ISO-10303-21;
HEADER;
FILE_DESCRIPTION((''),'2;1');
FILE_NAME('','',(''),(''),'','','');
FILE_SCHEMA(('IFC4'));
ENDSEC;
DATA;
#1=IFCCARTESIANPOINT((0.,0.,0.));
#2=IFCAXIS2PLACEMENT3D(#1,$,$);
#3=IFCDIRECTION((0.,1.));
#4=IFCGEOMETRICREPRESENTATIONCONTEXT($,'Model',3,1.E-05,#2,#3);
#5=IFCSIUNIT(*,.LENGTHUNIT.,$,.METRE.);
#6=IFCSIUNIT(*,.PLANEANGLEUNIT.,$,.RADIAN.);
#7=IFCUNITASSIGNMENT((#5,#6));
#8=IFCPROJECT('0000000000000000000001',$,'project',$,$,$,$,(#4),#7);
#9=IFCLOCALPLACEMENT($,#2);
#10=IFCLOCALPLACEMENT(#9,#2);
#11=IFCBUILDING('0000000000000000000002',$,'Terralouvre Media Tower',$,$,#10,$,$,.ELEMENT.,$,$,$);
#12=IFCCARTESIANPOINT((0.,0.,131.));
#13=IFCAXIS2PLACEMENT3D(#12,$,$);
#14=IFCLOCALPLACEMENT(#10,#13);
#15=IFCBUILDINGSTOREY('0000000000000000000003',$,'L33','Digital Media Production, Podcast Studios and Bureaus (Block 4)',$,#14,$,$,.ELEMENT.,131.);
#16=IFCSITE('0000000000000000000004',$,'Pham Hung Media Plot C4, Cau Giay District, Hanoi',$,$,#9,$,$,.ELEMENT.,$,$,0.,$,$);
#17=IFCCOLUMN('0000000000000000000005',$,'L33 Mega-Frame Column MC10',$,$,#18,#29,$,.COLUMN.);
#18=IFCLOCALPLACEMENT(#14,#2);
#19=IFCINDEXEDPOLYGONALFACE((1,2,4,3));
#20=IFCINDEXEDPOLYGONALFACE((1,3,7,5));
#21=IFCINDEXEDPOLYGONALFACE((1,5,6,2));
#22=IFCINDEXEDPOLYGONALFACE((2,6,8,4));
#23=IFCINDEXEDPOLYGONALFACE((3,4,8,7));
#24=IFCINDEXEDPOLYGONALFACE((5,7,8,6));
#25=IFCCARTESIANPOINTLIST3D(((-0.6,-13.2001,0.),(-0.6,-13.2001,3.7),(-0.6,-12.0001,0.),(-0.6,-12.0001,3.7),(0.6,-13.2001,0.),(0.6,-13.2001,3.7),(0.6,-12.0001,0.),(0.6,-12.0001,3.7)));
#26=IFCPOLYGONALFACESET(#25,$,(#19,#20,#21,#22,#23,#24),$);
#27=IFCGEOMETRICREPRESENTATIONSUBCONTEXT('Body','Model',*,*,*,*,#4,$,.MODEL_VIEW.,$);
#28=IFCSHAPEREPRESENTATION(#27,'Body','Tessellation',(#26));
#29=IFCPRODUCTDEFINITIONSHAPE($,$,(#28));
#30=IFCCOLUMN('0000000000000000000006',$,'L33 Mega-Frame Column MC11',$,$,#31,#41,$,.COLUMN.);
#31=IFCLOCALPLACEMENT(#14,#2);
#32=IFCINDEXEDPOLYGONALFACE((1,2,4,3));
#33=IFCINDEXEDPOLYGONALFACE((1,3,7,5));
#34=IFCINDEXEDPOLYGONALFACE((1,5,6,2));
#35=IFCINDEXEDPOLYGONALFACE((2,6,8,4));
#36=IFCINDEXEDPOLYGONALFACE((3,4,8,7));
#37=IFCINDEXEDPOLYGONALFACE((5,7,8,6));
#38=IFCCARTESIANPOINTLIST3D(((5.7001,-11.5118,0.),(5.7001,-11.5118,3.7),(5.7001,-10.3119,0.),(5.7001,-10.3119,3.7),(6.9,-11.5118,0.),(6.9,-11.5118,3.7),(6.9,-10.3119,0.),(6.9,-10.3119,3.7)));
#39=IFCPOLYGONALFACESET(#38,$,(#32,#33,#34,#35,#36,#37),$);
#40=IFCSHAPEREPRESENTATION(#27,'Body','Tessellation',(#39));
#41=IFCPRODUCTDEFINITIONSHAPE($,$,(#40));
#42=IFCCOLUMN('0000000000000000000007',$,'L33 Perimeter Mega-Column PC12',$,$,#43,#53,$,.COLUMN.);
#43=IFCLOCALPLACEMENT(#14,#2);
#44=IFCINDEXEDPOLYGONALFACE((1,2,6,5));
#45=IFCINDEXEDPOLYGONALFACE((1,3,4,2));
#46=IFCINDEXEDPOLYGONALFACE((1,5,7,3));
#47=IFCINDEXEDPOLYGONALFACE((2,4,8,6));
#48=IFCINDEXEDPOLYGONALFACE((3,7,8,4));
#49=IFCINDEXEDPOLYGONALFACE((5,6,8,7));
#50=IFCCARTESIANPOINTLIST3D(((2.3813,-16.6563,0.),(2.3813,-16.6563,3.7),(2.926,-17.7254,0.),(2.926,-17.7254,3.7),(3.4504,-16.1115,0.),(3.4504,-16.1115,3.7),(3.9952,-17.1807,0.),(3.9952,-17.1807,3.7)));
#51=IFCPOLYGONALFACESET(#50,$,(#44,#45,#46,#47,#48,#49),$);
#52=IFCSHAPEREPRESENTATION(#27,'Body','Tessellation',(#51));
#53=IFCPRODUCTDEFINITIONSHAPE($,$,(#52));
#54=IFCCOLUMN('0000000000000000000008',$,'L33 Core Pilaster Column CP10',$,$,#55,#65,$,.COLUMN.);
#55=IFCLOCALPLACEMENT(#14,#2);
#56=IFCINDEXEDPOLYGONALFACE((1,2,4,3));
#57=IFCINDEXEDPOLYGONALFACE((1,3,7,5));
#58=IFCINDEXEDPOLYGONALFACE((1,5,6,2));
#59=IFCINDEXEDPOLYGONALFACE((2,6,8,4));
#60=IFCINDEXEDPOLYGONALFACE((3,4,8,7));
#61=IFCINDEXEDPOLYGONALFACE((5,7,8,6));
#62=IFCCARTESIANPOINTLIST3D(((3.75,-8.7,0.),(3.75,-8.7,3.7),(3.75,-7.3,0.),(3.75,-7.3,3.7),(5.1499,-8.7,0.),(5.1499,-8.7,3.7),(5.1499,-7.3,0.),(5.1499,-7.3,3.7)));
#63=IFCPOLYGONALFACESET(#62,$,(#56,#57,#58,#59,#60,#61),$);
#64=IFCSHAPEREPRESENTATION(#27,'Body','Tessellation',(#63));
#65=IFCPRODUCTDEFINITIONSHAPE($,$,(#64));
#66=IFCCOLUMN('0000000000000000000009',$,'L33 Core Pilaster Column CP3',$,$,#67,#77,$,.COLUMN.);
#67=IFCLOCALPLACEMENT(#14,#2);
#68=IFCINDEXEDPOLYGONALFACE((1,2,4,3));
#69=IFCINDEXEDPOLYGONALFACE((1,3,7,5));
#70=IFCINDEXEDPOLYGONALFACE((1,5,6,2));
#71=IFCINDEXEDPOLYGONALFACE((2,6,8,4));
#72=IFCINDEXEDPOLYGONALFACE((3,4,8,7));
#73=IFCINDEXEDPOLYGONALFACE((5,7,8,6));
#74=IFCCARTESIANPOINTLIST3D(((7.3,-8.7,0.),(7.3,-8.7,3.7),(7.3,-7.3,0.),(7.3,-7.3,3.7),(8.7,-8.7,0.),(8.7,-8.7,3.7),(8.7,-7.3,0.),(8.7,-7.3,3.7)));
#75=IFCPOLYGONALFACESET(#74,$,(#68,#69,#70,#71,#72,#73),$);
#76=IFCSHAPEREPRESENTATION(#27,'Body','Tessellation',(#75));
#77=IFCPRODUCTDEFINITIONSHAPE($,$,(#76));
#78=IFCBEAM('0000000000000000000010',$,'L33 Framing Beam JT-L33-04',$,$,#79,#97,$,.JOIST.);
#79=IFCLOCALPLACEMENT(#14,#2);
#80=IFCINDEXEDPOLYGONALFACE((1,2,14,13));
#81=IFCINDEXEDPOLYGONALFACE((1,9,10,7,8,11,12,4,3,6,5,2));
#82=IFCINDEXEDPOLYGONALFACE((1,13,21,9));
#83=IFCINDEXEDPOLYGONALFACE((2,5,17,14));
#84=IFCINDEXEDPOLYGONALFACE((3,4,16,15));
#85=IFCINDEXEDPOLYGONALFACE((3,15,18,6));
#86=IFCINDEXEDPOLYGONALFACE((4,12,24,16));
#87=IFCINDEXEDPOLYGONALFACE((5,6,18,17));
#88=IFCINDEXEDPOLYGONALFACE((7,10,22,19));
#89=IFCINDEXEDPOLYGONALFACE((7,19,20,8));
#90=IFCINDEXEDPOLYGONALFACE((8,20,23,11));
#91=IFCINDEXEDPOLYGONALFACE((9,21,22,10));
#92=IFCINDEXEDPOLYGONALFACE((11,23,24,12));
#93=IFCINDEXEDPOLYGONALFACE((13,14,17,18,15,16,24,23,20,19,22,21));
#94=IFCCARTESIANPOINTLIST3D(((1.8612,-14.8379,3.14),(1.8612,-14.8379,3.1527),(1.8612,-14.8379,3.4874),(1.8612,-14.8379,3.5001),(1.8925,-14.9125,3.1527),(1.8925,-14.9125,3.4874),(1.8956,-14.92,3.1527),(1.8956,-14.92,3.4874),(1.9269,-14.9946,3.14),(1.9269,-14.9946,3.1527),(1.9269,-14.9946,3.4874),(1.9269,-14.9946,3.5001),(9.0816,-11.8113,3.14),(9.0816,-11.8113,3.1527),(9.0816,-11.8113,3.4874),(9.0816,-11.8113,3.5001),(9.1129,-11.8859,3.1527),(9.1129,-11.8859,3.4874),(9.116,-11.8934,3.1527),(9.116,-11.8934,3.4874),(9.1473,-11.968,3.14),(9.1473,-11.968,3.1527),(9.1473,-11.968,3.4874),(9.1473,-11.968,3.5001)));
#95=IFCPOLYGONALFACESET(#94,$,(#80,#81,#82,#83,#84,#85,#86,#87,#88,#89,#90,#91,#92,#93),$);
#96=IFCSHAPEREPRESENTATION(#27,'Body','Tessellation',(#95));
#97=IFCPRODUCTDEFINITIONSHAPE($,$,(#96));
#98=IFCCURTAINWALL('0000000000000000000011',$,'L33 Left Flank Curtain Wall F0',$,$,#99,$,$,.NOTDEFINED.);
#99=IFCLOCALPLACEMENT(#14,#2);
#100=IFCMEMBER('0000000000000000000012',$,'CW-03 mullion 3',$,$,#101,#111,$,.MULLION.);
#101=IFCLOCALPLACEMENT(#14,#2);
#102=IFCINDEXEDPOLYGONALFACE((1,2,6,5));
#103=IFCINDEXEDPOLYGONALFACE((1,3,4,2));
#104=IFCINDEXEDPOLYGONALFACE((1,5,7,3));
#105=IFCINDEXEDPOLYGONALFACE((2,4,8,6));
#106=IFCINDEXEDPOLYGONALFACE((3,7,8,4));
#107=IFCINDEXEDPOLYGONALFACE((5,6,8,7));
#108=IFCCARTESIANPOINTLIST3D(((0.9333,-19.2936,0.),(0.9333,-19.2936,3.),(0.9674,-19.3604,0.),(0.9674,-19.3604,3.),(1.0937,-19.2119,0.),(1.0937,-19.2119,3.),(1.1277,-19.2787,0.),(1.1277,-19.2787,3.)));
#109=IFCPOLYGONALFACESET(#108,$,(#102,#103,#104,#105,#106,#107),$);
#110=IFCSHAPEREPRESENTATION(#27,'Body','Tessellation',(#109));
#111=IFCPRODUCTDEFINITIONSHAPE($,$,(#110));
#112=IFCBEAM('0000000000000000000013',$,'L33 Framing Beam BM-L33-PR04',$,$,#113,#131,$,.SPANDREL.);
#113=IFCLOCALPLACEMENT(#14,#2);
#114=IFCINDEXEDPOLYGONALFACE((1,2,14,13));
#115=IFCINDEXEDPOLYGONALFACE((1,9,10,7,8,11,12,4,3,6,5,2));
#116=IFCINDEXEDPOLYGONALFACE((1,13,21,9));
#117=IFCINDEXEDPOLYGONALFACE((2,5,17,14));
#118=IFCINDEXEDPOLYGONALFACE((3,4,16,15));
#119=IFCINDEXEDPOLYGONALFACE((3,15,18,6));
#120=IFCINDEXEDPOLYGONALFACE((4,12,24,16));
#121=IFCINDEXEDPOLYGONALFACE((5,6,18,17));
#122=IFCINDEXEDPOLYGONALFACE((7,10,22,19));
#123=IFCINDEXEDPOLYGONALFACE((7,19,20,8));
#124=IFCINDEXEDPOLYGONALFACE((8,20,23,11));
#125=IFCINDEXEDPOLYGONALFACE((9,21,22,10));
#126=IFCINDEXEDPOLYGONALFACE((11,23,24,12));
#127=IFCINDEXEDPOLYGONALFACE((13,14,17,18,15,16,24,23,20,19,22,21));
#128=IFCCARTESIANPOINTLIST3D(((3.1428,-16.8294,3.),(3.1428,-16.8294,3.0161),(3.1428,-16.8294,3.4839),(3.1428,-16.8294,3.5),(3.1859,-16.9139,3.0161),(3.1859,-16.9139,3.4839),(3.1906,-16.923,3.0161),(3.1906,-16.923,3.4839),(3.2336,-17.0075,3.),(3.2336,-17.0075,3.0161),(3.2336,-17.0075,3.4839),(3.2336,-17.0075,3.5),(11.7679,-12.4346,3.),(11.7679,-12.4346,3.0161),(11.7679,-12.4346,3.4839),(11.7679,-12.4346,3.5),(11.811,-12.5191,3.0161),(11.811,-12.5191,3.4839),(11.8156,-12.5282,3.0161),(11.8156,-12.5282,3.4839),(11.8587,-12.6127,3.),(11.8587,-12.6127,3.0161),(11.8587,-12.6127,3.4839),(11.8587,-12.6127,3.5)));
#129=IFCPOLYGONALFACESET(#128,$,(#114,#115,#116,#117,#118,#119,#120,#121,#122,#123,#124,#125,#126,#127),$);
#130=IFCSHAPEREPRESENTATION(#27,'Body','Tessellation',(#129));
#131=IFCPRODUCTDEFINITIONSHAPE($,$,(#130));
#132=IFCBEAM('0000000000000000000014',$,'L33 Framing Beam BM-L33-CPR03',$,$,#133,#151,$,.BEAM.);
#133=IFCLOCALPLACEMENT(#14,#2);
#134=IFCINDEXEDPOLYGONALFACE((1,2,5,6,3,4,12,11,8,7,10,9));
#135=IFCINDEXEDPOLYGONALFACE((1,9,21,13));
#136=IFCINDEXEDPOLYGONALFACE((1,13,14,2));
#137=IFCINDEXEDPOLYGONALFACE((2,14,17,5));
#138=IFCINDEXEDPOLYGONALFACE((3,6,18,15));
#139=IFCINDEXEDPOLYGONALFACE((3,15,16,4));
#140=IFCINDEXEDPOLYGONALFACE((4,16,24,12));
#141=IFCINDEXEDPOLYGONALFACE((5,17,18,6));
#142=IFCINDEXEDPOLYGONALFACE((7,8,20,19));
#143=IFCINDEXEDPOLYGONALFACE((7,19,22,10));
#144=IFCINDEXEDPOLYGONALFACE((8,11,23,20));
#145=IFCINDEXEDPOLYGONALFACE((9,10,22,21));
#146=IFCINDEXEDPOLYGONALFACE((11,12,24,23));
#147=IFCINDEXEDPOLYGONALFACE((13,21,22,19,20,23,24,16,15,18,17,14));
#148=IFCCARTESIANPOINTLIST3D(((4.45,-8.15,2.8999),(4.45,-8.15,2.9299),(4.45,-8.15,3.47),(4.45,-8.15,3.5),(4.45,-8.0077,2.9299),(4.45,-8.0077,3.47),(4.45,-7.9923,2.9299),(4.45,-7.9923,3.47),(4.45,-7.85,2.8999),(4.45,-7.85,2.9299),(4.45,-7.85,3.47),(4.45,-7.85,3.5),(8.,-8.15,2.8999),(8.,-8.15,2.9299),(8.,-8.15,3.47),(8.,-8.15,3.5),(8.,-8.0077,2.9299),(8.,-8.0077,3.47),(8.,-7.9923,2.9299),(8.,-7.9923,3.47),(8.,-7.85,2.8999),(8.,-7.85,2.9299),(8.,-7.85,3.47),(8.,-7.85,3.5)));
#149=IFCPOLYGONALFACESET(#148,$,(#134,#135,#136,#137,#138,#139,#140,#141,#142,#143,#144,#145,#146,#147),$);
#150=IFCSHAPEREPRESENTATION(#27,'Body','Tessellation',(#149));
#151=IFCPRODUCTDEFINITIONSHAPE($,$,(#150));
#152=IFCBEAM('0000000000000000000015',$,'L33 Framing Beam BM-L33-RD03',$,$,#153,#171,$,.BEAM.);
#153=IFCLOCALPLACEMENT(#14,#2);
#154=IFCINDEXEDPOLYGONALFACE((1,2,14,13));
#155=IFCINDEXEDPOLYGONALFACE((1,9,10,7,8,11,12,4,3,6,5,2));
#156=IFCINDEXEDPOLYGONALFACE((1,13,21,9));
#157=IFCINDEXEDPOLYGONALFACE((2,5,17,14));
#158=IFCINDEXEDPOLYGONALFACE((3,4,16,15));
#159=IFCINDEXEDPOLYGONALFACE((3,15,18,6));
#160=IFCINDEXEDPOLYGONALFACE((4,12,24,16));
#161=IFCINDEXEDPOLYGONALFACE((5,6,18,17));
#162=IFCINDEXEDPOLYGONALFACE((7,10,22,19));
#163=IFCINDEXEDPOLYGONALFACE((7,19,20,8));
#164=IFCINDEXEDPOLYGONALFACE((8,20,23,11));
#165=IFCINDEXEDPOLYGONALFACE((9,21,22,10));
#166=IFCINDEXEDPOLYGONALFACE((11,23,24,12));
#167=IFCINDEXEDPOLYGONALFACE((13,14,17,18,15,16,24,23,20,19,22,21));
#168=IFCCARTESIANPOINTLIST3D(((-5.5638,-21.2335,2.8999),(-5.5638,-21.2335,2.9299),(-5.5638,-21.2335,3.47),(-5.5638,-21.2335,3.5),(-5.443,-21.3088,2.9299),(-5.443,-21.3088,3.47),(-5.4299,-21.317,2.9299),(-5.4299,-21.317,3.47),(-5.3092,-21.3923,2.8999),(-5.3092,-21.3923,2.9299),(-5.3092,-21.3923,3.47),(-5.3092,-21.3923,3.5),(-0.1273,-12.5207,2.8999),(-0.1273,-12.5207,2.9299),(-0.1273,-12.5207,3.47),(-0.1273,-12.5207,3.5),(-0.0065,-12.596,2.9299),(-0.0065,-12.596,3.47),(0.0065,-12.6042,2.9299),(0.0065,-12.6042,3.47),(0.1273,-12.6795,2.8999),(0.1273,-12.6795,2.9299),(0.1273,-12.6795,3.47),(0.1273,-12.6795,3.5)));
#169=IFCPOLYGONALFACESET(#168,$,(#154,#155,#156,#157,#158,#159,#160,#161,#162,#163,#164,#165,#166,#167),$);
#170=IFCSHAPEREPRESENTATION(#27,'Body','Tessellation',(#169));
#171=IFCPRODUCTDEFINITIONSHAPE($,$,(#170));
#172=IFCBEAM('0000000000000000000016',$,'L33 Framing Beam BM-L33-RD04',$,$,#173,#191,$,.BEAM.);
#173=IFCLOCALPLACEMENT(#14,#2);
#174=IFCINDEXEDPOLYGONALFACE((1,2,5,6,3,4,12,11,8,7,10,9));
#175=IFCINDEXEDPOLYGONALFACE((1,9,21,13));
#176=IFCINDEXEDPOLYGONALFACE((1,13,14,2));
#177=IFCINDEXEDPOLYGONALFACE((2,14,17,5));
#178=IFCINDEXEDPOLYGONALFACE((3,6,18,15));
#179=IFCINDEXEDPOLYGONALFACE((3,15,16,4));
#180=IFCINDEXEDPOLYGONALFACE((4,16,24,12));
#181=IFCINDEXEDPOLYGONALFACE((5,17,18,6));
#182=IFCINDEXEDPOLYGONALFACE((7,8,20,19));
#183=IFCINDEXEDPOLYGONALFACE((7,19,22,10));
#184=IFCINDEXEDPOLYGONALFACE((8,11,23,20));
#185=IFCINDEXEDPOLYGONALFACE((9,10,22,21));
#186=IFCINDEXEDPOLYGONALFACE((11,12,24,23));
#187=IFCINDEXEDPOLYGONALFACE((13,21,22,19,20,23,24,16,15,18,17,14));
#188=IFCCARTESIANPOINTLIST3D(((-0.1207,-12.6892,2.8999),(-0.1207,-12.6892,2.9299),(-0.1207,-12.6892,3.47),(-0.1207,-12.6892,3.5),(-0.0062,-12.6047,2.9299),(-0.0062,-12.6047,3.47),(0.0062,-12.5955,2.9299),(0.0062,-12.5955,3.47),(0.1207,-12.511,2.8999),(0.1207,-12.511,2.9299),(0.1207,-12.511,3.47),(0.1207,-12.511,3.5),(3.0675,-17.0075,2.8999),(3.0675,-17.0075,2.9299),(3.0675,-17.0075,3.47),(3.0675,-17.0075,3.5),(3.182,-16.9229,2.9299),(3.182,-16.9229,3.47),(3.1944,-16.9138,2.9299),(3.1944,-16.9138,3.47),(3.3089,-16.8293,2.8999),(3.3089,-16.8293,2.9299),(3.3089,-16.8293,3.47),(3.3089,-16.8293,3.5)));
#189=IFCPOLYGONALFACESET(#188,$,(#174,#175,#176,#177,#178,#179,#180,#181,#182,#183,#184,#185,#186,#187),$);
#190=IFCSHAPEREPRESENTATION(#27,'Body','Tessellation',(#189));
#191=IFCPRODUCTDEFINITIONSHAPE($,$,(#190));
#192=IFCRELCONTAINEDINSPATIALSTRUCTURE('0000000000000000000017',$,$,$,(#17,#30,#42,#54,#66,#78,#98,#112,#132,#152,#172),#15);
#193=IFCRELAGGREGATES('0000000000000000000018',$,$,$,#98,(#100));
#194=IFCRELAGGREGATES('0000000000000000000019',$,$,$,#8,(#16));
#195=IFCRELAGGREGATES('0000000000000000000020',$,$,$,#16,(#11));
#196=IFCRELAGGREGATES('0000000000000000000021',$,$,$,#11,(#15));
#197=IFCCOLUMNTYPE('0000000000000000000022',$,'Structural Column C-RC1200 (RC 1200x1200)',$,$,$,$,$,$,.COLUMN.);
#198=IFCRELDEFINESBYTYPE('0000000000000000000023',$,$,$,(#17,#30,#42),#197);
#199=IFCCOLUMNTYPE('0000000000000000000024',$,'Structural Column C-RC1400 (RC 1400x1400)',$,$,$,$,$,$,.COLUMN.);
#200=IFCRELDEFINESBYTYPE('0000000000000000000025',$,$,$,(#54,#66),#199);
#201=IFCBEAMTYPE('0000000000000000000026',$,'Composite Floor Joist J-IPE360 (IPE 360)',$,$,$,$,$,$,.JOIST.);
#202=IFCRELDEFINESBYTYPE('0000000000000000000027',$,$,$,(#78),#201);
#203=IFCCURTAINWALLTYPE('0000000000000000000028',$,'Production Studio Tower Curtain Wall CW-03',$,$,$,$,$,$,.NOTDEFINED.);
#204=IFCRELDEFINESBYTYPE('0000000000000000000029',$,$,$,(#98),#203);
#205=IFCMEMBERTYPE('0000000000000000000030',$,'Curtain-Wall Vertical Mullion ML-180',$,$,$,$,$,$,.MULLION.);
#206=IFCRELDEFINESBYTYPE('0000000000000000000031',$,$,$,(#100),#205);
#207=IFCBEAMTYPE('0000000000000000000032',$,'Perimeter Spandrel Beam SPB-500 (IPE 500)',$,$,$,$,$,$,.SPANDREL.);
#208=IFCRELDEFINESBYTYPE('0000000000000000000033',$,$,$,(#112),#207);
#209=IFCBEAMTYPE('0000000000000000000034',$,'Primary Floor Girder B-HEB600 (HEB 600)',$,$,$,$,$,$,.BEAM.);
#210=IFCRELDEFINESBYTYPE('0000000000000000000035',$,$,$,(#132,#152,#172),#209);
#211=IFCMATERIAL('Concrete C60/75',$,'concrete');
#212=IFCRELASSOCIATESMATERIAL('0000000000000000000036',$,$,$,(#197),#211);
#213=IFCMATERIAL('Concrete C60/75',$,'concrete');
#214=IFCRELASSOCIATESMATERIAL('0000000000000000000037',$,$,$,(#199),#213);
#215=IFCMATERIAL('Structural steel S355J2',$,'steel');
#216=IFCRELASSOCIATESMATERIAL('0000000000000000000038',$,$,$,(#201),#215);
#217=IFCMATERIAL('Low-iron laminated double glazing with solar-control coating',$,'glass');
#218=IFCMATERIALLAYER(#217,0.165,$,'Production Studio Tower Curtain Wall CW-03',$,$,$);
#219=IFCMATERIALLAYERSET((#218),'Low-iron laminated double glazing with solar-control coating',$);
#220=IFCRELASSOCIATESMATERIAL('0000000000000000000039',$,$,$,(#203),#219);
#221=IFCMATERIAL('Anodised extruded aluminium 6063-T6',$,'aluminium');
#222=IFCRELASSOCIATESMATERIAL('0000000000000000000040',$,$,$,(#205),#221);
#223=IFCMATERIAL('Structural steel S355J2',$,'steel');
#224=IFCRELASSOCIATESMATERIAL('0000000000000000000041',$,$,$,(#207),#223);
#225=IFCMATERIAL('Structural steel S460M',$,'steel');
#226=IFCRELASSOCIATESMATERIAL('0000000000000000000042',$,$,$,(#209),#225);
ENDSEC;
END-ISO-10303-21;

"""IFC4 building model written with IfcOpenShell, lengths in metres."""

from ifc_helpers import new_model, si_unit, direction, frame, origin, origin_2d, place, context, subcontext, project, spatial, rectangle, i_section, extrude, material, layer, layer_set, material_profile, profile_set, type_object, element, aggregate, save


model = new_model("IFC4")

# Units and contexts
model_context = context("Model", 3, precision=1e-05, world=origin(), true_north=direction((0.0, 1.0)))
body_context = subcontext(model_context, "Body", "Model", "MODEL_VIEW")
ifc_project = project(units=[si_unit("LENGTHUNIT", "METRE"), si_unit("PLANEANGLEUNIT", "RADIAN")], contexts=[model_context])

# Site, building, storey
site_placement = place(None, origin())
site = spatial("IfcSite", under=ifc_project, at=site_placement, Name="Pham Hung Media Plot C4, Cau Giay District, Hanoi", CompositionType="ELEMENT", RefElevation=0.0)
building_placement = place(site_placement, origin())
building = spatial("IfcBuilding", under=site, at=building_placement, Name="Terralouvre Media Tower", CompositionType="ELEMENT")
storey_placement = place(building_placement, frame((0.0, 0.0, 131.0)))
storey = spatial("IfcBuildingStorey", under=building, at=storey_placement, Name="L33", Description="Digital Media Production, Podcast Studios and Bureaus (Block 4)", CompositionType="ELEMENT", Elevation=131.0)

# Columns
ifc_material_1 = material(Name="Concrete C60/75", Category="concrete")
ifc_material_profile_1 = material_profile(ifc_material_1, rectangle(XDim=1.2, YDim=1.2, at=origin_2d()), Name="RC 1200x1200")
ifc_profile_set_1 = profile_set([ifc_material_profile_1], Name="Concrete C60/75")
column_type_1 = type_object("IfcColumnType", Name="Structural Column C-RC1200 (RC 1200x1200)", PredefinedType="COLUMN", material=ifc_profile_set_1)
for number, where, z_axis, x_axis, name in (
    (1, (0.0, -12.6001, 0.0), (0.0, 0.0, 1.0), (1.0, 0.0, 0.0), "L33 Mega-Frame Column MC10"),
    (2, (6.3, -10.9119, 0.0), (0.0, 0.0, 1.0), (1.0, 0.0, 0.0), "L33 Mega-Frame Column MC11"),
    (3, (3.1882, -16.9185, 0.0), (0.0, 0.0, 1.0), (0.891007, 0.45399, 0.0), "L33 Perimeter Mega-Column PC12"),
):
    element("IfcColumn", number, at=place(storey_placement, frame(where, z_axis=z_axis, x_axis=x_axis)), inside=storey, type_object=column_type_1, Name=name, PredefinedType="COLUMN", context=body_context, shape_type="SweptSolid", body=[
        extrude(rectangle(XDim=1.2, YDim=1.2, at=origin_2d()), origin(), (0.0, 0.0, 1.0), 3.7),
    ])
ifc_material_2 = material(Name="Concrete C60/75", Category="concrete")
ifc_material_profile_2 = material_profile(ifc_material_2, rectangle(XDim=1.3999, YDim=1.3999, at=origin_2d()), Name="RC 1400x1400")
ifc_profile_set_2 = profile_set([ifc_material_profile_2], Name="Concrete C60/75")
column_type_2 = type_object("IfcColumnType", Name="Structural Column C-RC1400 (RC 1400x1400)", PredefinedType="COLUMN", material=ifc_profile_set_2)
for number, where, z_axis, x_axis, name in (
    (4, (4.45, -8.0, 0.0), (0.0, 0.0, 1.0), (1.0, 0.0, 0.0), "L33 Core Pilaster Column CP10"),
    (5, (8.0, -8.0, 0.0), (0.0, 0.0, 1.0), (1.0, 0.0, 0.0), "L33 Core Pilaster Column CP3"),
):
    element("IfcColumn", number, at=place(storey_placement, frame(where, z_axis=z_axis, x_axis=x_axis)), inside=storey, type_object=column_type_2, Name=name, PredefinedType="COLUMN", context=body_context, shape_type="SweptSolid", body=[
        extrude(rectangle(XDim=1.3999, YDim=1.3999, at=origin_2d()), origin(), (0.0, 0.0, 1.0), 3.7),
    ])

# Beam
ifc_material_3 = material(Name="Structural steel S355J2", Category="steel")
ifc_material_profile_3 = material_profile(ifc_material_3, i_section(OverallWidth=0.1699, OverallDepth=0.3601, WebThickness=0.0081, FlangeThickness=0.0127, at=origin_2d()), Name="IPE 360")
ifc_profile_set_3 = profile_set([ifc_material_profile_3], Name="Structural steel S355J2")
beam_type_1 = type_object("IfcBeamType", Name="Composite Floor Joist J-IPE360 (IPE 360)", PredefinedType="JOIST", material=ifc_profile_set_3)
beam_1_placement = place(storey_placement, frame((1.894, -14.9163, 3.3201), z_axis=(0.922255, 0.386583, 0.0), x_axis=(-0.386583, 0.922255, 0.0)))
element("IfcBeam", 6, at=beam_1_placement, inside=storey, type_object=beam_type_1, Name="L33 Framing Beam JT-L33-04", PredefinedType="JOIST", context=body_context, shape_type="SweptSolid", body=[
    extrude(i_section(OverallWidth=0.1699, OverallDepth=0.3601, WebThickness=0.0081, FlangeThickness=0.0127, at=origin_2d()), origin(), (0.0, 0.0, 1.0), 7.8291),
])

# Curtain wall, member
ifc_material_4 = material(Name="Low-iron laminated double glazing with solar-control coating", Category="glass")
ifc_layer_1 = layer(ifc_material_4, 0.165, Name="Production Studio Tower Curtain Wall CW-03")
ifc_layer_set_1 = layer_set([ifc_layer_1], Name="Low-iron laminated double glazing with solar-control coating")
curtain_wall_type = type_object("IfcCurtainWallType", Name="Production Studio Tower Curtain Wall CW-03", PredefinedType="NOTDEFINED", material=ifc_layer_set_1)
curtain_wall_placement = place(storey_placement, origin())
curtain_wall = element("IfcCurtainWall", 7, at=curtain_wall_placement, inside=storey, type_object=curtain_wall_type, Name="L33 Left Flank Curtain Wall F0", PredefinedType="NOTDEFINED")
ifc_material_5 = material(Name="Anodised extruded aluminium 6063-T6", Category="aluminium")
ifc_material_profile_4 = material_profile(ifc_material_5, rectangle(XDim=0.075, YDim=0.1799, at=origin_2d()), Name="ALU 75x180")
ifc_profile_set_4 = profile_set([ifc_material_profile_4], Name="Anodised extruded aluminium 6063-T6")
member_type = type_object("IfcMemberType", Name="Curtain-Wall Vertical Mullion ML-180", PredefinedType="MULLION", material=ifc_profile_set_4)
member_placement = place(storey_placement, frame((1.0305, -19.2861, 0.0), z_axis=(0.0, 0.0, 1.0), x_axis=(-0.45399, 0.891007, 0.0)))
member = element("IfcMember", 8, at=member_placement, type_object=member_type, Name="CW-03 mullion 3", PredefinedType="MULLION", context=body_context, shape_type="SweptSolid", body=[
    extrude(rectangle(XDim=0.075, YDim=0.1799, at=origin_2d()), origin(), (0.0, 0.0, 1.0), 3.0),
])

# Beams
ifc_material_6 = material(Name="Structural steel S355J2", Category="steel")
ifc_material_profile_5 = material_profile(ifc_material_6, i_section(OverallWidth=0.2, OverallDepth=0.5, WebThickness=0.0103, FlangeThickness=0.0161, at=origin_2d()), Name="IPE 500")
ifc_profile_set_5 = profile_set([ifc_material_profile_5], Name="Structural steel S355J2")
beam_type_2 = type_object("IfcBeamType", Name="Perimeter Spandrel Beam SPB-500 (IPE 500)", PredefinedType="SPANDREL", material=ifc_profile_set_5)
beam_2_placement = place(storey_placement, frame((3.1882, -16.9185, 3.25), z_axis=(0.891002, 0.454, 0.0), x_axis=(-0.454, 0.891002, 0.0)))
element("IfcBeam", 9, at=beam_2_placement, inside=storey, type_object=beam_type_2, Name="L33 Framing Beam BM-L33-PR04", PredefinedType="SPANDREL", context=body_context, shape_type="SweptSolid", body=[
    extrude(i_section(OverallWidth=0.2, OverallDepth=0.5, WebThickness=0.0103, FlangeThickness=0.0161, at=origin_2d()), origin(), (0.0, 0.0, 1.0), 9.6802),
])
ifc_material_7 = material(Name="Structural steel S460M", Category="steel")
ifc_material_profile_6 = material_profile(ifc_material_7, i_section(OverallWidth=0.3, OverallDepth=0.6001, WebThickness=0.0154, FlangeThickness=0.03, at=origin_2d()), Name="HEB 600")
ifc_profile_set_6 = profile_set([ifc_material_profile_6], Name="Structural steel S460M")
beam_type_3 = type_object("IfcBeamType", Name="Primary Floor Girder B-HEB600 (HEB 600)", PredefinedType="BEAM", material=ifc_profile_set_6)
beam_3_placement = place(storey_placement, frame((4.45, -8.0, 3.2), z_axis=(1.0, 0.0, 0.0), x_axis=(0.0, 1.0, 0.0)))
element("IfcBeam", 10, at=beam_3_placement, inside=storey, type_object=beam_type_3, Name="L33 Framing Beam BM-L33-CPR03", PredefinedType="BEAM", context=body_context, shape_type="SweptSolid", body=[
    extrude(i_section(OverallWidth=0.3, OverallDepth=0.6001, WebThickness=0.0154, FlangeThickness=0.03, at=origin_2d()), origin(), (0.0, 0.0, 1.0), 3.55),
])
beam_4_placement = place(storey_placement, frame((0.0, -12.6001, 3.2), z_axis=(-0.529366, -0.848393, 0.0), x_axis=(0.848393, -0.529366, 0.0)))
element("IfcBeam", 11, at=beam_4_placement, inside=storey, type_object=beam_type_3, Name="L33 Framing Beam BM-L33-RD03", PredefinedType="BEAM", context=body_context, shape_type="SweptSolid", body=[
    extrude(i_section(OverallWidth=0.3, OverallDepth=0.6001, WebThickness=0.0154, FlangeThickness=0.03, at=origin_2d()), origin(), (0.0, 0.0, 1.0), 10.2698),
])
beam_5_placement = place(storey_placement, frame((0.0, -12.6001, 3.2), z_axis=(0.593957, -0.804496, 0.0), x_axis=(0.804496, 0.593957, 0.0)))
element("IfcBeam", 12, at=beam_5_placement, inside=storey, type_object=beam_type_3, Name="L33 Framing Beam BM-L33-RD04", PredefinedType="BEAM", context=body_context, shape_type="SweptSolid", body=[
    extrude(i_section(OverallWidth=0.3, OverallDepth=0.6001, WebThickness=0.0154, FlangeThickness=0.03, at=origin_2d()), origin(), (0.0, 0.0, 1.0), 5.3677),
])

aggregate(curtain_wall, [member])

save(model, "model.ifc")
